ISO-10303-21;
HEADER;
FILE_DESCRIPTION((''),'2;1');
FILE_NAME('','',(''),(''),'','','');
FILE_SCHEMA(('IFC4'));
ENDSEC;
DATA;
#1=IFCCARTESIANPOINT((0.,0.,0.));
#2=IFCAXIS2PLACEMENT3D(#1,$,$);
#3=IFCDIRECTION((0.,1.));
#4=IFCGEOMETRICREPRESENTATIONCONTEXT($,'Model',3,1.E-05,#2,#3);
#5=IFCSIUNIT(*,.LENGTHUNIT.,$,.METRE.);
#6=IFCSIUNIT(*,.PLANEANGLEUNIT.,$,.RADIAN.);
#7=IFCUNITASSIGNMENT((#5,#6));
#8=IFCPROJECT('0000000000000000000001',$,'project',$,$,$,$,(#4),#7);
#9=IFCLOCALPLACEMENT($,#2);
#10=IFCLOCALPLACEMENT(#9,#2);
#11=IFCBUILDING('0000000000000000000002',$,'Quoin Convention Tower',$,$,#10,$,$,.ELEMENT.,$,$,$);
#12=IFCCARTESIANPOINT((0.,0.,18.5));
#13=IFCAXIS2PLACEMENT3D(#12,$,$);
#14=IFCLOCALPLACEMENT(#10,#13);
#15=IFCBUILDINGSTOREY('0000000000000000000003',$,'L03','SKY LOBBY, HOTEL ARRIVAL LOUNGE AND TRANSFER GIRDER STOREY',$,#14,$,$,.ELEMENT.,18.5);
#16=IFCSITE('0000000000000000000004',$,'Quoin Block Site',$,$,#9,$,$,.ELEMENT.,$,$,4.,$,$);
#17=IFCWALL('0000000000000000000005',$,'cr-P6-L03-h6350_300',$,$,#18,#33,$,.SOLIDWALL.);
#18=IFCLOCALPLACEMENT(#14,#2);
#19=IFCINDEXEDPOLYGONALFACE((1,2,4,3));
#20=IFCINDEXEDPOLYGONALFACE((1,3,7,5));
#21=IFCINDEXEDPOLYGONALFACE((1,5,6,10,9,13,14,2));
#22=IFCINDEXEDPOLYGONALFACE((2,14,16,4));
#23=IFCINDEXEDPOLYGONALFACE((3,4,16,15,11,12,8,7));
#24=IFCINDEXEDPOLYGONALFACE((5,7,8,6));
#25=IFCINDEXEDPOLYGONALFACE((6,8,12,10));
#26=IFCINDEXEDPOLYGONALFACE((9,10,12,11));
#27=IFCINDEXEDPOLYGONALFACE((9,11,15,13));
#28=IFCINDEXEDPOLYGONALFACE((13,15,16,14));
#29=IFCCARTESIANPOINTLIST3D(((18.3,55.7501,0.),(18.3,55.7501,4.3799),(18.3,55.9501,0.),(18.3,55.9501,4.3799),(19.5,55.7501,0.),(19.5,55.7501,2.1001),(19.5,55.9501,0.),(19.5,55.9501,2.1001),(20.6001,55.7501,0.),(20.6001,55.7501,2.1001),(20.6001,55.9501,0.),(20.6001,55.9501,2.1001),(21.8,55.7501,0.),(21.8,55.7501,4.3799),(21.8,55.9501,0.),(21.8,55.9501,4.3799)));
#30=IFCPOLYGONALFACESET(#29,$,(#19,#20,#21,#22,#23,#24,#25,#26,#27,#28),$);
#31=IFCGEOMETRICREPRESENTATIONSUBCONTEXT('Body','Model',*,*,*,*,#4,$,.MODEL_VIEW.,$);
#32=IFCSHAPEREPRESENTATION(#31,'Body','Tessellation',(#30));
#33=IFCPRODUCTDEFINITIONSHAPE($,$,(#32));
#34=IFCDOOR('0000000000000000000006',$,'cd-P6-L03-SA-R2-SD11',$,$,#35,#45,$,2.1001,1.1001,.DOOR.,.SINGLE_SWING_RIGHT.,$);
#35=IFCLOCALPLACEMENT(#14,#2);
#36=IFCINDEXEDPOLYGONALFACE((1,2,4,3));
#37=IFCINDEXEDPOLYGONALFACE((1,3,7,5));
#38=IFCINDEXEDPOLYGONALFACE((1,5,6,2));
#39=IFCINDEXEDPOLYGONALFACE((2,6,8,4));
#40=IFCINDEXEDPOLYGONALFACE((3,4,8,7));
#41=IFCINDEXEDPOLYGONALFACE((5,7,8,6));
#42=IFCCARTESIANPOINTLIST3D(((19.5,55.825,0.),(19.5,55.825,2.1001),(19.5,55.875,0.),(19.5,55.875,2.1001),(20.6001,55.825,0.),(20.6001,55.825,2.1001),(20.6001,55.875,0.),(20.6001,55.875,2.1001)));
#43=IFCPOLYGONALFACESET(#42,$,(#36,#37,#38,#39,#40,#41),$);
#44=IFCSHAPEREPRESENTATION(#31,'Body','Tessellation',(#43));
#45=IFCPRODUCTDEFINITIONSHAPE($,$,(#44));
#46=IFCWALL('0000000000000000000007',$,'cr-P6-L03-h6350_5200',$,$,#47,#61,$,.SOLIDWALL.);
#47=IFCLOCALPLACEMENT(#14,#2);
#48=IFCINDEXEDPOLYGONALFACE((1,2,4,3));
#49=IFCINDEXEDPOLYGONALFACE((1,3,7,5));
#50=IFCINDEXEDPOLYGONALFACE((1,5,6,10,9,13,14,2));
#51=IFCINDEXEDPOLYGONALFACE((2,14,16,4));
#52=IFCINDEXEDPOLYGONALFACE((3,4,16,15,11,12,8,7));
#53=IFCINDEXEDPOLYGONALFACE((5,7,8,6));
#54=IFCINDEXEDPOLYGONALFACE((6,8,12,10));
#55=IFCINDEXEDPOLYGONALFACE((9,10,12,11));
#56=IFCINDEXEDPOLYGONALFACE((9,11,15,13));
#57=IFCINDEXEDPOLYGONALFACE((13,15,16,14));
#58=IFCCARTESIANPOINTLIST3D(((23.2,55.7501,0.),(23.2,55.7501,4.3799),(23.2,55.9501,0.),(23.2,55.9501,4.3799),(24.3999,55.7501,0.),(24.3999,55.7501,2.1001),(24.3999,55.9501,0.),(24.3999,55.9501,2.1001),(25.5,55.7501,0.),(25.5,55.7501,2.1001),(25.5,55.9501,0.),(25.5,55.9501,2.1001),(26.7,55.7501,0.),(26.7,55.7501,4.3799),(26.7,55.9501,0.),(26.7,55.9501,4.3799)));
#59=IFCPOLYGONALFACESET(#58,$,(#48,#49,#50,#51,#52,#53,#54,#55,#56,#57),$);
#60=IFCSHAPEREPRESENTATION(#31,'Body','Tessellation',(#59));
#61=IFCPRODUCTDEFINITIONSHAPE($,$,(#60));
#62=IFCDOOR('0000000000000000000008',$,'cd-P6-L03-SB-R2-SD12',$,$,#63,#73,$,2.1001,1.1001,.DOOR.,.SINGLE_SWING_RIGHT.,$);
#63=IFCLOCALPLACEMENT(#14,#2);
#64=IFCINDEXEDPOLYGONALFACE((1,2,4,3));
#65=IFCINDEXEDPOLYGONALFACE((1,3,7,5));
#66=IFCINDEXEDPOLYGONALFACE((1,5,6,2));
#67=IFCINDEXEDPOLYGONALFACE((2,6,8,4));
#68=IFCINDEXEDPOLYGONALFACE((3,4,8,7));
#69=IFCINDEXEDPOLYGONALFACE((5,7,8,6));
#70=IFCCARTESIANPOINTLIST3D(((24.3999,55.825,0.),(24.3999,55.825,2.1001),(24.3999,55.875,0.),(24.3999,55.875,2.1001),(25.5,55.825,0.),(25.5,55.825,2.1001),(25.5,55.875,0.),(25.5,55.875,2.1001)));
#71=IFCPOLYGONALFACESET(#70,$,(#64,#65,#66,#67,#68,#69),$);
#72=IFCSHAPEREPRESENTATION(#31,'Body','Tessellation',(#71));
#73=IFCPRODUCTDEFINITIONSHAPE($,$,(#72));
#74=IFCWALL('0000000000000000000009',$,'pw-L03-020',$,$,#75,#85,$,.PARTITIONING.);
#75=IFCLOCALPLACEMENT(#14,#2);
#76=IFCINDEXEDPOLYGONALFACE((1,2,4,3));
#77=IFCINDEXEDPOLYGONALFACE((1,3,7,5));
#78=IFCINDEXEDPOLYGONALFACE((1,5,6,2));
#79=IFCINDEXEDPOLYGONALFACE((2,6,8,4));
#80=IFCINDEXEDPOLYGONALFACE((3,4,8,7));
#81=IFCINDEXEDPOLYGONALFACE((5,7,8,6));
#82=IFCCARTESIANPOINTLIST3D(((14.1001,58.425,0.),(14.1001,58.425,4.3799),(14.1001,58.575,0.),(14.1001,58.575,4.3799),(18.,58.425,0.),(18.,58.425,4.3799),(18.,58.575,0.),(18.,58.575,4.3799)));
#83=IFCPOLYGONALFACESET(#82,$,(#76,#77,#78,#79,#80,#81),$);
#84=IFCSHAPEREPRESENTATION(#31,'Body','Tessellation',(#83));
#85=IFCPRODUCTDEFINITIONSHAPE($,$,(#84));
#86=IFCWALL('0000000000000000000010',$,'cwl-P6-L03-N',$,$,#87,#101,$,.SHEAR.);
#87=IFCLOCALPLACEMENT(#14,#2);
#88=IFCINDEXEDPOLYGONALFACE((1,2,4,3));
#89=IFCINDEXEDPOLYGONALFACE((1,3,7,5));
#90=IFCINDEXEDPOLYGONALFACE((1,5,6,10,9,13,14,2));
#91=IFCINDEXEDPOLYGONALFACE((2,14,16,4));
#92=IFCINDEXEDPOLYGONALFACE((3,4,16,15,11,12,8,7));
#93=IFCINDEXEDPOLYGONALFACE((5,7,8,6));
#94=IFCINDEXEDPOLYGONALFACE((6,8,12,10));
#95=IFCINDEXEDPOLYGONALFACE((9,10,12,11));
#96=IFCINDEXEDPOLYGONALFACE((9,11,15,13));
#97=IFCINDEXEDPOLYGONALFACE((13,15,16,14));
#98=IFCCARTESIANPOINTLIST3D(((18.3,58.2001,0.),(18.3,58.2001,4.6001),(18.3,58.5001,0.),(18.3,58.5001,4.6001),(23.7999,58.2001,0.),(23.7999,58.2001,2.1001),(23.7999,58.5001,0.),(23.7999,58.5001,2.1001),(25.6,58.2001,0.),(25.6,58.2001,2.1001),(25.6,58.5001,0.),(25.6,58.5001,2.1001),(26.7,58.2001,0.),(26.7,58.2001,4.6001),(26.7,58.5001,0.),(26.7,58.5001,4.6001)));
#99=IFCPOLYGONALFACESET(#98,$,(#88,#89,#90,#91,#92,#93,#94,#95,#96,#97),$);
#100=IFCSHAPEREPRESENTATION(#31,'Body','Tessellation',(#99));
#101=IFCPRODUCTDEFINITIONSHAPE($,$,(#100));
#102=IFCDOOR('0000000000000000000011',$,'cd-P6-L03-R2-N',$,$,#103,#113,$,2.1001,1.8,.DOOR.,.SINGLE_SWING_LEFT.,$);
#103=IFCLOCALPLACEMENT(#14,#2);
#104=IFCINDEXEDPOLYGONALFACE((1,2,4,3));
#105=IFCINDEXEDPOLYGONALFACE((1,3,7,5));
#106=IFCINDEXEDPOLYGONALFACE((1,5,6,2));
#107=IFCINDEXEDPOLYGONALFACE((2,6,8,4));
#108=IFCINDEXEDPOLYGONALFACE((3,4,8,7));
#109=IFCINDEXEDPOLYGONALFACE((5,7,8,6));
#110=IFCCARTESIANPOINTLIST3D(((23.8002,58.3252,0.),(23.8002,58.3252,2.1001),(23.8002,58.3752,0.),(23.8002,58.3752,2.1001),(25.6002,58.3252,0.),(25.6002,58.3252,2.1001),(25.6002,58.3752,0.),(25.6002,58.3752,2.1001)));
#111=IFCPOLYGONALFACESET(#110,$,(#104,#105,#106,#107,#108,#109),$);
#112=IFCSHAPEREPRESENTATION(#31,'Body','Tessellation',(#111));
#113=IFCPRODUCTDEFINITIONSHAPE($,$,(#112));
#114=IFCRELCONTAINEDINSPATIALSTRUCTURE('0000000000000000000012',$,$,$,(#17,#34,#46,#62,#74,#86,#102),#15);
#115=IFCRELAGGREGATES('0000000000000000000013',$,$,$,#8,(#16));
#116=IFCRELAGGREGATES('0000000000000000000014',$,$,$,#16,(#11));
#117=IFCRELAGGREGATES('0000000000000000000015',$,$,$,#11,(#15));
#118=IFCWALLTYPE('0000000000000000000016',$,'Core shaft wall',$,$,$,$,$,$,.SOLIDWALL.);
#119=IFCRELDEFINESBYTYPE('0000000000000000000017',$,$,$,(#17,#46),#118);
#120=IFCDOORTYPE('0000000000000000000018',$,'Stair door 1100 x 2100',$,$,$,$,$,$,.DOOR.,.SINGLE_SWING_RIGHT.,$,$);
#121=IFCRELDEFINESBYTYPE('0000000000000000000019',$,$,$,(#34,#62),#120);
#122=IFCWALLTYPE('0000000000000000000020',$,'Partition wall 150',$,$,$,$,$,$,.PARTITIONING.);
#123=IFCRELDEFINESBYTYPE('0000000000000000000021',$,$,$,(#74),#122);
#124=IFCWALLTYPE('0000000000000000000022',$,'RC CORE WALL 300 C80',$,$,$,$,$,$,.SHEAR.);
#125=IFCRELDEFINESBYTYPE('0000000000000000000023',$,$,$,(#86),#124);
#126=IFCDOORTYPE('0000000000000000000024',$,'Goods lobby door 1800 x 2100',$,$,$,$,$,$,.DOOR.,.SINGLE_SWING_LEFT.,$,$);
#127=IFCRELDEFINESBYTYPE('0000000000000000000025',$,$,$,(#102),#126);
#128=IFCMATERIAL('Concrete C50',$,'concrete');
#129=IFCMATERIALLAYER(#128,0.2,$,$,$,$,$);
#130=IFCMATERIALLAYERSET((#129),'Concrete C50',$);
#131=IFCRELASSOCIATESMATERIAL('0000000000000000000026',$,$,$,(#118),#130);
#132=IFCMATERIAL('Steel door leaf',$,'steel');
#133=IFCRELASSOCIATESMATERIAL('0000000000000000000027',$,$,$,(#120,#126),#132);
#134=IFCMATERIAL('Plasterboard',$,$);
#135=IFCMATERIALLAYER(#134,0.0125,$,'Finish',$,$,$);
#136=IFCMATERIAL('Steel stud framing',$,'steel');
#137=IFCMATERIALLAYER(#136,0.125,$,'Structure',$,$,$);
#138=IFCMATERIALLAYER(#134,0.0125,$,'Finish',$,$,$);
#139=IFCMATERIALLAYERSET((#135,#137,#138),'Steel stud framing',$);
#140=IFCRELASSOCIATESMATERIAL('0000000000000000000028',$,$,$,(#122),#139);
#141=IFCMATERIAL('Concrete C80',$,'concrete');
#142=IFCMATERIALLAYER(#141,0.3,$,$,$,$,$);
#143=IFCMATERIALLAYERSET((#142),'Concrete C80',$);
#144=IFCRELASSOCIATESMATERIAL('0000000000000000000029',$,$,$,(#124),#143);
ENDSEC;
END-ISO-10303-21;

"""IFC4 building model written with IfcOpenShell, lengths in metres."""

from ifc_helpers import new_model, si_unit, direction, frame, frame_2d, origin, place, context, subcontext, project, spatial, rectangle, extrude, material, layer, layer_set, type_object, element, fill, save


model = new_model("IFC4")

# Units and contexts
model_context = context("Model", 3, precision=1e-05, world=origin(), true_north=direction((0.0, 1.0)))
body_context = subcontext(model_context, "Body", "Model", "MODEL_VIEW")
ifc_project = project(units=[si_unit("LENGTHUNIT", "METRE"), si_unit("PLANEANGLEUNIT", "RADIAN")], contexts=[model_context])

# Site, building, storey
site_placement = place(None, origin())
site = spatial("IfcSite", under=ifc_project, at=site_placement, Name="Quoin Block Site", CompositionType="ELEMENT", RefElevation=4.0)
building_placement = place(site_placement, origin())
building = spatial("IfcBuilding", under=site, at=building_placement, Name="Quoin Convention Tower", CompositionType="ELEMENT")
storey_placement = place(building_placement, frame((0.0, 0.0, 18.5)))
storey = spatial("IfcBuildingStorey", under=building, at=storey_placement, Name="L03", Description="SKY LOBBY, HOTEL ARRIVAL LOUNGE AND TRANSFER GIRDER STOREY", CompositionType="ELEMENT", Elevation=18.5)

# Shared definitions
ifc_material_1 = material(Name="Concrete C80", Category="concrete")

# Shared definitions
ifc_material_2 = material(Name="Concrete C50", Category="concrete")
ifc_layer_1 = layer(ifc_material_2, 0.2)
ifc_layer_set_1 = layer_set([ifc_layer_1], Name="Concrete C50")
wall_type_1 = type_object("IfcWallType", Name="Core shaft wall", PredefinedType="SOLIDWALL", material=ifc_layer_set_1)

# Walls, openings, doors
wall_1_placement = place(storey_placement, frame((18.3, 55.8501, 0.0), z_axis=(0.0, 0.0, 1.0), x_axis=(1.0, 0.0, 0.0)))
wall_1 = element("IfcWall", 1, at=wall_1_placement, inside=storey, type_object=wall_type_1, Name="cr-P6-L03-h6350_300", PredefinedType="SOLIDWALL", context=body_context, shape_type="SweptSolid", body=[
    extrude(rectangle(XDim=3.5, YDim=0.2, at=frame_2d((1.75, 0.0))), origin(), (0.0, 0.0, 1.0), 4.3799),
])
opening_1_placement = place(wall_1_placement, frame((1.2, 0.0, 0.0)))
opening_1 = element("IfcOpeningElement", 2, at=opening_1_placement, cuts=wall_1, PredefinedType="OPENING", context=body_context, shape_type="SweptSolid", body=[
    extrude(rectangle(XDim=1.1001, YDim=2.1001, at=frame_2d((0.55, 1.05))), frame((0.0, 0.1099, 0.0), z_axis=(0.0, -1.0, 0.0), x_axis=(1.0, 0.0, 0.0)), (0.0, 0.0, 1.0), 0.22),
])
ifc_material_3 = material(Name="Steel door leaf", Category="steel")
door_type_1 = type_object("IfcDoorType", Name="Stair door 1100 x 2100", OperationType="SINGLE_SWING_RIGHT", PredefinedType="DOOR", material=ifc_material_3)
door_1_placement = place(opening_1_placement, origin())
door_1 = element("IfcDoor", 3, at=door_1_placement, inside=storey, type_object=door_type_1, Name="cd-P6-L03-SA-R2-SD11", OperationType="SINGLE_SWING_RIGHT", OverallHeight=2.1001, OverallWidth=1.1001, PredefinedType="DOOR", context=body_context, shape_type="SweptSolid", body=[
    extrude(rectangle(XDim=1.1001, YDim=2.1001, at=frame_2d((0.55, 1.05))), frame((0.0, 0.0249, 0.0), z_axis=(0.0, -1.0, 0.0), x_axis=(1.0, 0.0, 0.0)), (0.0, 0.0, 1.0), 0.05),
])
fill(opening_1, door_1)
wall_2_placement = place(storey_placement, frame((23.2, 55.8501, 0.0), z_axis=(0.0, 0.0, 1.0), x_axis=(1.0, 0.0, 0.0)))
wall_2 = element("IfcWall", 4, at=wall_2_placement, inside=storey, type_object=wall_type_1, Name="cr-P6-L03-h6350_5200", PredefinedType="SOLIDWALL", context=body_context, shape_type="SweptSolid", body=[
    extrude(rectangle(XDim=3.5, YDim=0.2, at=frame_2d((1.75, 0.0))), origin(), (0.0, 0.0, 1.0), 4.3799),
])
opening_2_placement = place(wall_2_placement, frame((1.2, 0.0, 0.0)))
opening_2 = element("IfcOpeningElement", 5, at=opening_2_placement, cuts=wall_2, PredefinedType="OPENING", context=body_context, shape_type="SweptSolid", body=[
    extrude(rectangle(XDim=1.1001, YDim=2.1001, at=frame_2d((0.55, 1.05))), frame((0.0, 0.1099, 0.0), z_axis=(0.0, -1.0, 0.0), x_axis=(1.0, 0.0, 0.0)), (0.0, 0.0, 1.0), 0.22),
])
door_2_placement = place(opening_2_placement, origin())
door_2 = element("IfcDoor", 6, at=door_2_placement, inside=storey, type_object=door_type_1, Name="cd-P6-L03-SB-R2-SD12", OperationType="SINGLE_SWING_RIGHT", OverallHeight=2.1001, OverallWidth=1.1001, PredefinedType="DOOR", context=body_context, shape_type="SweptSolid", body=[
    extrude(rectangle(XDim=1.1001, YDim=2.1001, at=frame_2d((0.55, 1.05))), frame((0.0, 0.0249, 0.0), z_axis=(0.0, -1.0, 0.0), x_axis=(1.0, 0.0, 0.0)), (0.0, 0.0, 1.0), 0.05),
])
fill(opening_2, door_2)

# Wall
ifc_material_4 = material(Name="Plasterboard")
ifc_layer_2 = layer(ifc_material_4, 0.0125, Name="Finish")
ifc_material_5 = material(Name="Steel stud framing", Category="steel")
ifc_layer_3 = layer(ifc_material_5, 0.125, Name="Structure")
ifc_layer_4 = layer(ifc_material_4, 0.0125, Name="Finish")
ifc_layer_set_2 = layer_set([ifc_layer_2, ifc_layer_3, ifc_layer_4], Name="Steel stud framing")
wall_type_2 = type_object("IfcWallType", Name="Partition wall 150", PredefinedType="PARTITIONING", material=ifc_layer_set_2)
wall_3_placement = place(storey_placement, frame((14.1001, 58.5, 0.0), z_axis=(0.0, 0.0, 1.0), x_axis=(1.0, 0.0, 0.0)))
element("IfcWall", 7, at=wall_3_placement, inside=storey, type_object=wall_type_2, Name="pw-L03-020", PredefinedType="PARTITIONING", context=body_context, shape_type="SweptSolid", body=[
    extrude(rectangle(XDim=3.8999, YDim=0.1499, at=frame_2d((1.95, 0.0))), origin(), (0.0, 0.0, 1.0), 4.3799),
])

# Wall, opening, door
ifc_layer_5 = layer(ifc_material_1, 0.3)
ifc_layer_set_3 = layer_set([ifc_layer_5], Name="Concrete C80")
wall_type_3 = type_object("IfcWallType", Name="RC CORE WALL 300 C80", PredefinedType="SHEAR", material=ifc_layer_set_3)
wall_4_placement = place(storey_placement, frame((18.3, 58.3501, 0.0), z_axis=(0.0, 0.0, 1.0), x_axis=(1.0, 0.0, 0.0)))
wall_4 = element("IfcWall", 8, at=wall_4_placement, inside=storey, type_object=wall_type_3, Name="cwl-P6-L03-N", PredefinedType="SHEAR", context=body_context, shape_type="SweptSolid", body=[
    extrude(rectangle(XDim=8.3999, YDim=0.3, at=frame_2d((4.2, 0.0))), origin(), (0.0, 0.0, 1.0), 4.6001),
])
opening_3_placement = place(wall_4_placement, frame((5.5, 0.0, 0.0)))
opening_3 = element("IfcOpeningElement", 9, at=opening_3_placement, cuts=wall_4, PredefinedType="OPENING", context=body_context, shape_type="SweptSolid", body=[
    extrude(rectangle(XDim=1.8, YDim=2.1001, at=frame_2d((0.8999, 1.05))), frame((0.0, 0.1599, 0.0), z_axis=(0.0, -1.0, 0.0), x_axis=(1.0, 0.0, 0.0)), (0.0, 0.0, 1.0), 0.3201),
])
door_type_2 = type_object("IfcDoorType", Name="Goods lobby door 1800 x 2100", OperationType="SINGLE_SWING_LEFT", PredefinedType="DOOR", material=ifc_material_3)
door_3_placement = place(opening_3_placement, frame((1.8, 0.0, 0.0), z_axis=(0.0, 0.0, 1.0), x_axis=(-1.0, 0.0, 0.0)))
door_3 = element("IfcDoor", 10, at=door_3_placement, inside=storey, type_object=door_type_2, Name="cd-P6-L03-R2-N", OperationType="SINGLE_SWING_LEFT", OverallHeight=2.1001, OverallWidth=1.8, PredefinedType="DOOR", context=body_context, shape_type="SweptSolid", body=[
    extrude(rectangle(XDim=1.8, YDim=2.1001, at=frame_2d((0.8999, 1.05))), frame((0.0, 0.0249, 0.0), z_axis=(0.0, -1.0, 0.0), x_axis=(1.0, 0.0, 0.0)), (0.0, 0.0, 1.0), 0.05),
])
fill(opening_3, door_3)

save(model, "model.ifc")
